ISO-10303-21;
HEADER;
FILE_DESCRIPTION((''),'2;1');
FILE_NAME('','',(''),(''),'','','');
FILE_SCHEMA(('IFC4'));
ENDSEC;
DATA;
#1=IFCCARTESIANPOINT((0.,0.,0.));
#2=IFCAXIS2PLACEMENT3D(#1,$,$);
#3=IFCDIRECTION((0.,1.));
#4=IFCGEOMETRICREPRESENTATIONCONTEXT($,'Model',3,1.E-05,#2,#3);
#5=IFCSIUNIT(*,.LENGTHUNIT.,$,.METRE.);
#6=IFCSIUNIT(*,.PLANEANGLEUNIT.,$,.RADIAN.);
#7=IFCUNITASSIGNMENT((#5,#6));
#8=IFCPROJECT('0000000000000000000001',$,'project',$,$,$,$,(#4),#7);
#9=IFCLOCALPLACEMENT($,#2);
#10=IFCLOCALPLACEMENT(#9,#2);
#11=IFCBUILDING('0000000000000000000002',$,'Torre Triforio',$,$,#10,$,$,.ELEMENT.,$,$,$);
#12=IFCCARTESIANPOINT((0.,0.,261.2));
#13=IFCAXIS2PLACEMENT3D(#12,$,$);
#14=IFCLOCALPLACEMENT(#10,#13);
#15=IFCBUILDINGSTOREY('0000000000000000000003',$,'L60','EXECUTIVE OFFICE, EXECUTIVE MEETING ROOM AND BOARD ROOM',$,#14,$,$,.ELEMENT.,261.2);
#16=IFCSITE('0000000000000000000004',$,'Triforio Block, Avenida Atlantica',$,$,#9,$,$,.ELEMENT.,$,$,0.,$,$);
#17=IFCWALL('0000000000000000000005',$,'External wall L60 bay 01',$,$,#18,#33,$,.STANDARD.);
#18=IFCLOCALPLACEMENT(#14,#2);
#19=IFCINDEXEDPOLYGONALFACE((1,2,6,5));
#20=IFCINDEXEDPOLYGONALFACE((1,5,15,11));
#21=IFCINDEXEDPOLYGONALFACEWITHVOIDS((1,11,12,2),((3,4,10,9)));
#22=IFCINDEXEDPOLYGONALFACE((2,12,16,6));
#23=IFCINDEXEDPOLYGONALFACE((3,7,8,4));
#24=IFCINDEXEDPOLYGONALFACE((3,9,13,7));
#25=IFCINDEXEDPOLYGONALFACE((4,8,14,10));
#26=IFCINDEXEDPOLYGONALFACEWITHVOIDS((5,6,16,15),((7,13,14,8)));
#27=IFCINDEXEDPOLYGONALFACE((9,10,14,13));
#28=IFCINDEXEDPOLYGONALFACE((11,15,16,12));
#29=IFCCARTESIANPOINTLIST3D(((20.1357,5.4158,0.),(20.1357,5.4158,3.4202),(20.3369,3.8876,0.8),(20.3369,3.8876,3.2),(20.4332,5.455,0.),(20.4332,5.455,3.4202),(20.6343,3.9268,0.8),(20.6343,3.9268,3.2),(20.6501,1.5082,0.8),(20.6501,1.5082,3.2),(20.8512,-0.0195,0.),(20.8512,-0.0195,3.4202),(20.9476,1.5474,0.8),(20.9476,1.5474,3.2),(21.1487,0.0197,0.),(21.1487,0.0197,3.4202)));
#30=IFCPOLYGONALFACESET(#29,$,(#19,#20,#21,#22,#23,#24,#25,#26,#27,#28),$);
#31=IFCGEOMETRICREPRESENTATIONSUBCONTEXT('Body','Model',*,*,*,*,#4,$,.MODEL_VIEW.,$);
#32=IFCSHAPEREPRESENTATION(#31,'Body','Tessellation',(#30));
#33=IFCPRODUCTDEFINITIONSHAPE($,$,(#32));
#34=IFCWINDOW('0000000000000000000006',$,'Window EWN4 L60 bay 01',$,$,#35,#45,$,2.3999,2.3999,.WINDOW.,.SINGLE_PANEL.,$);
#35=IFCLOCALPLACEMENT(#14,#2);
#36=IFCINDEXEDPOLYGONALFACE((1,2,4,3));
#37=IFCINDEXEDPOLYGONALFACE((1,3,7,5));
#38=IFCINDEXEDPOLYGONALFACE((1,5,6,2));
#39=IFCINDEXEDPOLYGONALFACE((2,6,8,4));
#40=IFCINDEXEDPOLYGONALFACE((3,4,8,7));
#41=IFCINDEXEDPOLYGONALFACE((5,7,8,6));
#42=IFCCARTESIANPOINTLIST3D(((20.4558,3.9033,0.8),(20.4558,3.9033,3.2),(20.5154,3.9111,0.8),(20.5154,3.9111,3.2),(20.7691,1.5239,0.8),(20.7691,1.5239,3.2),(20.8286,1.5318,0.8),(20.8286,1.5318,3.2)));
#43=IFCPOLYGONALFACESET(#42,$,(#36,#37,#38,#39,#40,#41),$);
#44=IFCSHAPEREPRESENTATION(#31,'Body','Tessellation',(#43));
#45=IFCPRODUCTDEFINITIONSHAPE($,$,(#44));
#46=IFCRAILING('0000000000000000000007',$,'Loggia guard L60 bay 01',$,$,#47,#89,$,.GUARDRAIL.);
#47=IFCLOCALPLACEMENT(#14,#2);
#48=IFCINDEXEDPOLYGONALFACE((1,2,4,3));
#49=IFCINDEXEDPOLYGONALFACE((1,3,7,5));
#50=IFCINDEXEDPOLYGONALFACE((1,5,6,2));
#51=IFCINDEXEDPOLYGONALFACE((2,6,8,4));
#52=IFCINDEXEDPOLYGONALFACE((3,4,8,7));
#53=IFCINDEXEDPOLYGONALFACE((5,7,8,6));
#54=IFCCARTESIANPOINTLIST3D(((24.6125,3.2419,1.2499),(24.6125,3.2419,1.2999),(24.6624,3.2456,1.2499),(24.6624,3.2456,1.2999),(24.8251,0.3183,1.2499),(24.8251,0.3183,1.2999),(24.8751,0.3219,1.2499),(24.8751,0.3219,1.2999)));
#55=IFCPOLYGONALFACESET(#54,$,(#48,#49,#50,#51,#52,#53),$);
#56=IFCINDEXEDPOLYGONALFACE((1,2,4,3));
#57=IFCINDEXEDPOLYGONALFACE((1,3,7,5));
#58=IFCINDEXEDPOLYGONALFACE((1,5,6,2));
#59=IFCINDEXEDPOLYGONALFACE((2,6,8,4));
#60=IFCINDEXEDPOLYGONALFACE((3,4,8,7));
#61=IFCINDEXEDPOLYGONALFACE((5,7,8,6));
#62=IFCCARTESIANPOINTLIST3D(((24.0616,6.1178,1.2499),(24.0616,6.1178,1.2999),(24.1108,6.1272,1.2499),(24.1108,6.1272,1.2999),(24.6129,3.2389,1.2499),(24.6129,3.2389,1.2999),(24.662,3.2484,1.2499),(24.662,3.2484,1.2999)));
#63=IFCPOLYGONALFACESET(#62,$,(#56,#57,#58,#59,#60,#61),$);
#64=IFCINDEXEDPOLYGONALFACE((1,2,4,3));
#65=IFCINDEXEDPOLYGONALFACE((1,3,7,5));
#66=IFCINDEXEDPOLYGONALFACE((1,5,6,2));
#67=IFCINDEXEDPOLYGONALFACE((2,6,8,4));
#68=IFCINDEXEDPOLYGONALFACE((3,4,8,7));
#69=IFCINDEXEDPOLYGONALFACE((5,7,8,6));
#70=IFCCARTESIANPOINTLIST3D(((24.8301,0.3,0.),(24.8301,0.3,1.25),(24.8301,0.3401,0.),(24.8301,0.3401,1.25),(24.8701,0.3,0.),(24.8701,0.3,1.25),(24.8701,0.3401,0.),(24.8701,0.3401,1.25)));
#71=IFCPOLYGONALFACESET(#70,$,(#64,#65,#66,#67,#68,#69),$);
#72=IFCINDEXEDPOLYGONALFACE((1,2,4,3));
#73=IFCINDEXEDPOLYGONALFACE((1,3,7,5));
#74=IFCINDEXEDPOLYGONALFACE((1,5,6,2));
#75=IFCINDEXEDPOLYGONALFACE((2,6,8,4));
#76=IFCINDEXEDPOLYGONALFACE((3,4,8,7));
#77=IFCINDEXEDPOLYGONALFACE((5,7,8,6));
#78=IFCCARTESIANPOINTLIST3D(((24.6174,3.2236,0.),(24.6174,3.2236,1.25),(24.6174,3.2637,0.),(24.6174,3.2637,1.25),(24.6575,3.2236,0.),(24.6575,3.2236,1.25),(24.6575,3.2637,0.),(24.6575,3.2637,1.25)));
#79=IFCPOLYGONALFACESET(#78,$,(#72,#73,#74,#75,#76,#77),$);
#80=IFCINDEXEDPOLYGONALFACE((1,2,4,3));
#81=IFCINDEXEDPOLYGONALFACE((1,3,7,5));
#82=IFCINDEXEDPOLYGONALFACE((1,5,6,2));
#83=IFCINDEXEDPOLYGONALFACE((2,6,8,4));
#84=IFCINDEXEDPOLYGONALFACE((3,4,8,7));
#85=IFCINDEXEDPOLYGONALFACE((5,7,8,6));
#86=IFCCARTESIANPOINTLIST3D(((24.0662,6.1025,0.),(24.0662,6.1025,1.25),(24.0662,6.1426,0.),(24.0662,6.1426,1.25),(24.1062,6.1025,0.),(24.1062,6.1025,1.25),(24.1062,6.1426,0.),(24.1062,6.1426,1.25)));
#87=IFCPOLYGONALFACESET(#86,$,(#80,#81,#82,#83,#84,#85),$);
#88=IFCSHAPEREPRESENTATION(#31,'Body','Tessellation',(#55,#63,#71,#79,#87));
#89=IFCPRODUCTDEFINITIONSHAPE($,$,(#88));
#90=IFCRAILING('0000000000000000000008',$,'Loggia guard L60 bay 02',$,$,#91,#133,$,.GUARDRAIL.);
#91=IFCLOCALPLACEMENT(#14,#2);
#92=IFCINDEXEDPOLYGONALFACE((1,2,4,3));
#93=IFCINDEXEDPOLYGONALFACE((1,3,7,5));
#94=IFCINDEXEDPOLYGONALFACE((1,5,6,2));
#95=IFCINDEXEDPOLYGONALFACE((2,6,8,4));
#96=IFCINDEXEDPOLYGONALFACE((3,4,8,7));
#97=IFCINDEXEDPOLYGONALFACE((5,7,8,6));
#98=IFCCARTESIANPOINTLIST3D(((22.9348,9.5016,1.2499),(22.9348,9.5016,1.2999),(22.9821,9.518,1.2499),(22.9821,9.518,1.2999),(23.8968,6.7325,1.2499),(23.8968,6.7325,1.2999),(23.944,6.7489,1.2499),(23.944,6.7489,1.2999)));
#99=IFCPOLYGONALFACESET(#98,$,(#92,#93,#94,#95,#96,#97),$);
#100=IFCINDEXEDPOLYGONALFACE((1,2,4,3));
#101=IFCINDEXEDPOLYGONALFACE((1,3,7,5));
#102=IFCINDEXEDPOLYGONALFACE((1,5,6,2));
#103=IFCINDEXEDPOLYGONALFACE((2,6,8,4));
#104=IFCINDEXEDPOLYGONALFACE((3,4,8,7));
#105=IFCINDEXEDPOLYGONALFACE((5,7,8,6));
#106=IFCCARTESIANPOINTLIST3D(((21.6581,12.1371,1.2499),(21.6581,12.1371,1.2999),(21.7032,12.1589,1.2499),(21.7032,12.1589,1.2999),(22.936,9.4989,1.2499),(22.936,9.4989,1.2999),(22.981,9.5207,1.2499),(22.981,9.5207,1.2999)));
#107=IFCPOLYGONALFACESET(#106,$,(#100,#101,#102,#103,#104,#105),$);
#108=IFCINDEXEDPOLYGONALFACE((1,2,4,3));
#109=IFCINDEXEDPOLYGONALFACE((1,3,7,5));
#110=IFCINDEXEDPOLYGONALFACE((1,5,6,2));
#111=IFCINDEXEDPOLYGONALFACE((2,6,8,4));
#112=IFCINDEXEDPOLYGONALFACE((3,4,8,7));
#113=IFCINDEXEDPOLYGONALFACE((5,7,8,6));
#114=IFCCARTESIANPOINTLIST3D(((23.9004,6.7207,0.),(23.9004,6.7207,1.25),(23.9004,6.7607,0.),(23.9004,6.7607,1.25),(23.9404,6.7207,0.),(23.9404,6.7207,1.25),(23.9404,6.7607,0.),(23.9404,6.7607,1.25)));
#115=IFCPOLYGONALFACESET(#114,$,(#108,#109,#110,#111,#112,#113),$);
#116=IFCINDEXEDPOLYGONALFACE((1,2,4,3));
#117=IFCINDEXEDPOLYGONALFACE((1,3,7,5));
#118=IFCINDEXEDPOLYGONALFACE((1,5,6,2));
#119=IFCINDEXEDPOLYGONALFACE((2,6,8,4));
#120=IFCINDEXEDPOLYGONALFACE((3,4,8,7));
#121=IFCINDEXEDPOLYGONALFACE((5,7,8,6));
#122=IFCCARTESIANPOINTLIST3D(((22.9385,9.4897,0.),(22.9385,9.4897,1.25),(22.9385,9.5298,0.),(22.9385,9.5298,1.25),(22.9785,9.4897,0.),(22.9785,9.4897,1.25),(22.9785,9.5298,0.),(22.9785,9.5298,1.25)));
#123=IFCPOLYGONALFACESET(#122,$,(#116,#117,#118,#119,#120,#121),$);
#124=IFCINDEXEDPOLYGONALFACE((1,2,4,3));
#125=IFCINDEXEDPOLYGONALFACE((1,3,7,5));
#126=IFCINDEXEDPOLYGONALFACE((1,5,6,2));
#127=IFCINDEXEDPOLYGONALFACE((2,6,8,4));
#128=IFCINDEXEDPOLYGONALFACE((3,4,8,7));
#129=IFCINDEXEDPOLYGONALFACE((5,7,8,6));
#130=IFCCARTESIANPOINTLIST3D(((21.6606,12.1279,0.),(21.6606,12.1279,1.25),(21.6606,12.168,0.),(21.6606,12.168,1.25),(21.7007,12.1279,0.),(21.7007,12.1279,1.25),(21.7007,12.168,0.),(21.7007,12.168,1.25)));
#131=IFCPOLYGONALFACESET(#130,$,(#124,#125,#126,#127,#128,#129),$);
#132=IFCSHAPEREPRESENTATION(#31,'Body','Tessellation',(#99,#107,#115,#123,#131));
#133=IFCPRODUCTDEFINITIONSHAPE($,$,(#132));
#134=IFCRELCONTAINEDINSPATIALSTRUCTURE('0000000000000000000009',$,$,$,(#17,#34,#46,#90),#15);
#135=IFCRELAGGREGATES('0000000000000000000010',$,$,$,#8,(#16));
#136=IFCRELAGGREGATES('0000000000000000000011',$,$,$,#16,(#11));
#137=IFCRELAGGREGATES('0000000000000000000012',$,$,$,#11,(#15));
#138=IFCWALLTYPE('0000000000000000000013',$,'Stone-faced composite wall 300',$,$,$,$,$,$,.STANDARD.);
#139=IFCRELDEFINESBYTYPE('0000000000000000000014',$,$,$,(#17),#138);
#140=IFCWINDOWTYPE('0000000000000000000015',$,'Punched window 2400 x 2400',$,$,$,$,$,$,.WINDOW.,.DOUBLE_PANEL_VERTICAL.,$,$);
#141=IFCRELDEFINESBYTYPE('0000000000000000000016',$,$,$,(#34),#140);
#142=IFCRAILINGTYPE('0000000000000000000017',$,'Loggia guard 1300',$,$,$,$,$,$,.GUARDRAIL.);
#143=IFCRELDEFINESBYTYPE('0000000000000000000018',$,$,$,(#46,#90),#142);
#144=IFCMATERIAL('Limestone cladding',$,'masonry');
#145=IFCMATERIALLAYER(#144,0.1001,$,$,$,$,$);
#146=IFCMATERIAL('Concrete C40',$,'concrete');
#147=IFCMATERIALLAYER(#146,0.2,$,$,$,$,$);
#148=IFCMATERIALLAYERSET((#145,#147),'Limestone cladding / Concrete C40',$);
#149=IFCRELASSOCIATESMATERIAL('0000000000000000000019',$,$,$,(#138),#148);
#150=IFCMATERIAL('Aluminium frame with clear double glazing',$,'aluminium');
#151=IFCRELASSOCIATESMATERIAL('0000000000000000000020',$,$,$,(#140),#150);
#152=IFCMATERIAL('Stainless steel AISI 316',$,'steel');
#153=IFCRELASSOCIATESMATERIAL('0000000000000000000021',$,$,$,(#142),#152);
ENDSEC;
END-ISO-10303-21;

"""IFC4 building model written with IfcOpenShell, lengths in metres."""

from ifc_helpers import new_model, si_unit, direction, frame, frame_2d, origin, origin_2d, place, context, subcontext, project, spatial, rectangle, extrude, material, layer, layer_set, type_object, element, fill, save


model = new_model("IFC4")

# Units and contexts
model_context = context("Model", 3, precision=1e-05, world=origin(), true_north=direction((0.0, 1.0)))
body_context = subcontext(model_context, "Body", "Model", "MODEL_VIEW")
ifc_project = project(units=[si_unit("LENGTHUNIT", "METRE"), si_unit("PLANEANGLEUNIT", "RADIAN")], contexts=[model_context])

# Site, building, storey
site_placement = place(None, origin())
site = spatial("IfcSite", under=ifc_project, at=site_placement, Name="Triforio Block, Avenida Atlantica", CompositionType="ELEMENT", RefElevation=0.0)
building_placement = place(site_placement, origin())
building = spatial("IfcBuilding", under=site, at=building_placement, Name="Torre Triforio", CompositionType="ELEMENT")
storey_placement = place(building_placement, frame((0.0, 0.0, 261.2)))
storey = spatial("IfcBuildingStorey", under=building, at=storey_placement, Name="L60", Description="EXECUTIVE OFFICE, EXECUTIVE MEETING ROOM AND BOARD ROOM", CompositionType="ELEMENT", Elevation=261.2)

# Shared definitions
ifc_material_1 = material(Name="Concrete C40", Category="concrete")

# Shared definitions
ifc_material_2 = material(Name="Limestone cladding", Category="masonry")

# Wall, opening, window
ifc_layer_1 = layer(ifc_material_2, 0.1001)
ifc_layer_2 = layer(ifc_material_1, 0.2)
ifc_layer_set_1 = layer_set([ifc_layer_1, ifc_layer_2], Name="Limestone cladding / Concrete C40")
wall_type_1 = type_object("IfcWallType", Name="Stone-faced composite wall 300", PredefinedType="STANDARD", material=ifc_layer_set_1)
wall_1_placement = place(storey_placement, frame((21.0, 0.0, 0.0), z_axis=(0.0, 0.0, 1.0), x_axis=(-0.130527, 0.991445, 0.0)))
wall_1 = element("IfcWall", 1, at=wall_1_placement, inside=storey, type_object=wall_type_1, Name="External wall L60 bay 01", PredefinedType="STANDARD", context=body_context, shape_type="SweptSolid", body=[
    extrude(rectangle(XDim=5.4822, YDim=0.3, at=frame_2d((2.7412, 0.0))), origin(), (0.0, 0.0, 1.0), 3.4202),
])
opening_1_placement = place(wall_1_placement, frame((1.541, 0.0, 0.8)))
opening_1 = element("IfcOpeningElement", 2, at=opening_1_placement, cuts=wall_1, PredefinedType="OPENING", context=body_context, shape_type="SweptSolid", body=[
    extrude(rectangle(XDim=2.3999, YDim=2.3999, at=frame_2d((1.2, 1.2))), frame((0.0, 0.1599, 0.0), z_axis=(0.0, -1.0, 0.0), x_axis=(1.0, 0.0, 0.0)), (0.0, 0.0, 1.0), 0.3201),
])
ifc_material_3 = material(Name="Aluminium frame with clear double glazing", Category="aluminium")
window_type_1 = type_object("IfcWindowType", Name="Punched window 2400 x 2400", PartitioningType="DOUBLE_PANEL_VERTICAL", PredefinedType="WINDOW", material=ifc_material_3)
window_1_placement = place(opening_1_placement, origin())
window_1 = element("IfcWindow", 3, at=window_1_placement, inside=storey, type_object=window_type_1, Name="Window EWN4 L60 bay 01", OverallHeight=2.3999, OverallWidth=2.3999, PartitioningType="SINGLE_PANEL", PredefinedType="WINDOW", context=body_context, shape_type="SweptSolid", body=[
    extrude(rectangle(XDim=2.3999, YDim=2.3999, at=frame_2d((1.2, 1.2))), frame((0.0, 0.03, 0.0), z_axis=(0.0, -1.0, 0.0), x_axis=(1.0, 0.0, 0.0)), (0.0, 0.0, 1.0), 0.0601),
])
fill(opening_1, window_1)

# Railings
ifc_material_4 = material(Name="Stainless steel AISI 316", Category="steel")
railing_type = type_object("IfcRailingType", Name="Loggia guard 1300", PredefinedType="GUARDRAIL", material=ifc_material_4)
railing_1_placement = place(storey_placement, frame((24.8501, 0.3201, 0.0)))
element("IfcRailing", 4, at=railing_1_placement, inside=storey, type_object=railing_type, Name="Loggia guard L60 bay 01", PredefinedType="GUARDRAIL", context=body_context, shape_type="SweptSolid", body=[
    extrude(rectangle(XDim=0.05, YDim=0.05, at=origin_2d()), frame((0.0, 0.0, 1.2749), z_axis=(-0.072543, 0.997365, 0.0), x_axis=(-0.997365, -0.072543, 0.0)), (0.0, 0.0, 1.0), 2.9314),
    extrude(rectangle(XDim=0.05, YDim=0.05, at=origin_2d()), frame((-0.2126, 2.9236, 1.2749), z_axis=(-0.188069, 0.982156, 0.0), x_axis=(-0.982156, -0.188069, 0.0)), (0.0, 0.0, 1.0), 2.9312),
    extrude(rectangle(XDim=0.04, YDim=0.04, at=origin_2d()), origin(), (0.0, 0.0, 1.0), 1.25),
    extrude(rectangle(XDim=0.04, YDim=0.04, at=origin_2d()), frame((-0.2126, 2.9236, 0.0)), (0.0, 0.0, 1.0), 1.25),
    extrude(rectangle(XDim=0.04, YDim=0.04, at=origin_2d()), frame((-0.7639, 5.8025, 0.0)), (0.0, 0.0, 1.0), 1.25),
])
railing_2_placement = place(storey_placement, frame((23.9204, 6.7407, 0.0)))
element("IfcRailing", 5, at=railing_2_placement, inside=storey, type_object=railing_type, Name="Loggia guard L60 bay 02", PredefinedType="GUARDRAIL", context=body_context, shape_type="SweptSolid", body=[
    extrude(rectangle(XDim=0.05, YDim=0.05, at=origin_2d()), frame((0.0, 0.0, 1.2749), z_axis=(-0.328146, 0.944627, 0.0), x_axis=(-0.944627, -0.328146, 0.0)), (0.0, 0.0, 1.0), 2.9314),
    extrude(rectangle(XDim=0.05, YDim=0.05, at=origin_2d()), frame((-0.9619, 2.769, 1.2749), z_axis=(-0.435918, 0.899986, 0.0), x_axis=(-0.899986, -0.435918, 0.0)), (0.0, 0.0, 1.0), 2.9314),
    extrude(rectangle(XDim=0.04, YDim=0.04, at=origin_2d()), origin(), (0.0, 0.0, 1.0), 1.25),
    extrude(rectangle(XDim=0.04, YDim=0.04, at=origin_2d()), frame((-0.9619, 2.769, 0.0)), (0.0, 0.0, 1.0), 1.25),
    extrude(rectangle(XDim=0.04, YDim=0.04, at=origin_2d()), frame((-2.2397, 5.4072, 0.0)), (0.0, 0.0, 1.0), 1.25),
])

save(model, "model.ifc")
